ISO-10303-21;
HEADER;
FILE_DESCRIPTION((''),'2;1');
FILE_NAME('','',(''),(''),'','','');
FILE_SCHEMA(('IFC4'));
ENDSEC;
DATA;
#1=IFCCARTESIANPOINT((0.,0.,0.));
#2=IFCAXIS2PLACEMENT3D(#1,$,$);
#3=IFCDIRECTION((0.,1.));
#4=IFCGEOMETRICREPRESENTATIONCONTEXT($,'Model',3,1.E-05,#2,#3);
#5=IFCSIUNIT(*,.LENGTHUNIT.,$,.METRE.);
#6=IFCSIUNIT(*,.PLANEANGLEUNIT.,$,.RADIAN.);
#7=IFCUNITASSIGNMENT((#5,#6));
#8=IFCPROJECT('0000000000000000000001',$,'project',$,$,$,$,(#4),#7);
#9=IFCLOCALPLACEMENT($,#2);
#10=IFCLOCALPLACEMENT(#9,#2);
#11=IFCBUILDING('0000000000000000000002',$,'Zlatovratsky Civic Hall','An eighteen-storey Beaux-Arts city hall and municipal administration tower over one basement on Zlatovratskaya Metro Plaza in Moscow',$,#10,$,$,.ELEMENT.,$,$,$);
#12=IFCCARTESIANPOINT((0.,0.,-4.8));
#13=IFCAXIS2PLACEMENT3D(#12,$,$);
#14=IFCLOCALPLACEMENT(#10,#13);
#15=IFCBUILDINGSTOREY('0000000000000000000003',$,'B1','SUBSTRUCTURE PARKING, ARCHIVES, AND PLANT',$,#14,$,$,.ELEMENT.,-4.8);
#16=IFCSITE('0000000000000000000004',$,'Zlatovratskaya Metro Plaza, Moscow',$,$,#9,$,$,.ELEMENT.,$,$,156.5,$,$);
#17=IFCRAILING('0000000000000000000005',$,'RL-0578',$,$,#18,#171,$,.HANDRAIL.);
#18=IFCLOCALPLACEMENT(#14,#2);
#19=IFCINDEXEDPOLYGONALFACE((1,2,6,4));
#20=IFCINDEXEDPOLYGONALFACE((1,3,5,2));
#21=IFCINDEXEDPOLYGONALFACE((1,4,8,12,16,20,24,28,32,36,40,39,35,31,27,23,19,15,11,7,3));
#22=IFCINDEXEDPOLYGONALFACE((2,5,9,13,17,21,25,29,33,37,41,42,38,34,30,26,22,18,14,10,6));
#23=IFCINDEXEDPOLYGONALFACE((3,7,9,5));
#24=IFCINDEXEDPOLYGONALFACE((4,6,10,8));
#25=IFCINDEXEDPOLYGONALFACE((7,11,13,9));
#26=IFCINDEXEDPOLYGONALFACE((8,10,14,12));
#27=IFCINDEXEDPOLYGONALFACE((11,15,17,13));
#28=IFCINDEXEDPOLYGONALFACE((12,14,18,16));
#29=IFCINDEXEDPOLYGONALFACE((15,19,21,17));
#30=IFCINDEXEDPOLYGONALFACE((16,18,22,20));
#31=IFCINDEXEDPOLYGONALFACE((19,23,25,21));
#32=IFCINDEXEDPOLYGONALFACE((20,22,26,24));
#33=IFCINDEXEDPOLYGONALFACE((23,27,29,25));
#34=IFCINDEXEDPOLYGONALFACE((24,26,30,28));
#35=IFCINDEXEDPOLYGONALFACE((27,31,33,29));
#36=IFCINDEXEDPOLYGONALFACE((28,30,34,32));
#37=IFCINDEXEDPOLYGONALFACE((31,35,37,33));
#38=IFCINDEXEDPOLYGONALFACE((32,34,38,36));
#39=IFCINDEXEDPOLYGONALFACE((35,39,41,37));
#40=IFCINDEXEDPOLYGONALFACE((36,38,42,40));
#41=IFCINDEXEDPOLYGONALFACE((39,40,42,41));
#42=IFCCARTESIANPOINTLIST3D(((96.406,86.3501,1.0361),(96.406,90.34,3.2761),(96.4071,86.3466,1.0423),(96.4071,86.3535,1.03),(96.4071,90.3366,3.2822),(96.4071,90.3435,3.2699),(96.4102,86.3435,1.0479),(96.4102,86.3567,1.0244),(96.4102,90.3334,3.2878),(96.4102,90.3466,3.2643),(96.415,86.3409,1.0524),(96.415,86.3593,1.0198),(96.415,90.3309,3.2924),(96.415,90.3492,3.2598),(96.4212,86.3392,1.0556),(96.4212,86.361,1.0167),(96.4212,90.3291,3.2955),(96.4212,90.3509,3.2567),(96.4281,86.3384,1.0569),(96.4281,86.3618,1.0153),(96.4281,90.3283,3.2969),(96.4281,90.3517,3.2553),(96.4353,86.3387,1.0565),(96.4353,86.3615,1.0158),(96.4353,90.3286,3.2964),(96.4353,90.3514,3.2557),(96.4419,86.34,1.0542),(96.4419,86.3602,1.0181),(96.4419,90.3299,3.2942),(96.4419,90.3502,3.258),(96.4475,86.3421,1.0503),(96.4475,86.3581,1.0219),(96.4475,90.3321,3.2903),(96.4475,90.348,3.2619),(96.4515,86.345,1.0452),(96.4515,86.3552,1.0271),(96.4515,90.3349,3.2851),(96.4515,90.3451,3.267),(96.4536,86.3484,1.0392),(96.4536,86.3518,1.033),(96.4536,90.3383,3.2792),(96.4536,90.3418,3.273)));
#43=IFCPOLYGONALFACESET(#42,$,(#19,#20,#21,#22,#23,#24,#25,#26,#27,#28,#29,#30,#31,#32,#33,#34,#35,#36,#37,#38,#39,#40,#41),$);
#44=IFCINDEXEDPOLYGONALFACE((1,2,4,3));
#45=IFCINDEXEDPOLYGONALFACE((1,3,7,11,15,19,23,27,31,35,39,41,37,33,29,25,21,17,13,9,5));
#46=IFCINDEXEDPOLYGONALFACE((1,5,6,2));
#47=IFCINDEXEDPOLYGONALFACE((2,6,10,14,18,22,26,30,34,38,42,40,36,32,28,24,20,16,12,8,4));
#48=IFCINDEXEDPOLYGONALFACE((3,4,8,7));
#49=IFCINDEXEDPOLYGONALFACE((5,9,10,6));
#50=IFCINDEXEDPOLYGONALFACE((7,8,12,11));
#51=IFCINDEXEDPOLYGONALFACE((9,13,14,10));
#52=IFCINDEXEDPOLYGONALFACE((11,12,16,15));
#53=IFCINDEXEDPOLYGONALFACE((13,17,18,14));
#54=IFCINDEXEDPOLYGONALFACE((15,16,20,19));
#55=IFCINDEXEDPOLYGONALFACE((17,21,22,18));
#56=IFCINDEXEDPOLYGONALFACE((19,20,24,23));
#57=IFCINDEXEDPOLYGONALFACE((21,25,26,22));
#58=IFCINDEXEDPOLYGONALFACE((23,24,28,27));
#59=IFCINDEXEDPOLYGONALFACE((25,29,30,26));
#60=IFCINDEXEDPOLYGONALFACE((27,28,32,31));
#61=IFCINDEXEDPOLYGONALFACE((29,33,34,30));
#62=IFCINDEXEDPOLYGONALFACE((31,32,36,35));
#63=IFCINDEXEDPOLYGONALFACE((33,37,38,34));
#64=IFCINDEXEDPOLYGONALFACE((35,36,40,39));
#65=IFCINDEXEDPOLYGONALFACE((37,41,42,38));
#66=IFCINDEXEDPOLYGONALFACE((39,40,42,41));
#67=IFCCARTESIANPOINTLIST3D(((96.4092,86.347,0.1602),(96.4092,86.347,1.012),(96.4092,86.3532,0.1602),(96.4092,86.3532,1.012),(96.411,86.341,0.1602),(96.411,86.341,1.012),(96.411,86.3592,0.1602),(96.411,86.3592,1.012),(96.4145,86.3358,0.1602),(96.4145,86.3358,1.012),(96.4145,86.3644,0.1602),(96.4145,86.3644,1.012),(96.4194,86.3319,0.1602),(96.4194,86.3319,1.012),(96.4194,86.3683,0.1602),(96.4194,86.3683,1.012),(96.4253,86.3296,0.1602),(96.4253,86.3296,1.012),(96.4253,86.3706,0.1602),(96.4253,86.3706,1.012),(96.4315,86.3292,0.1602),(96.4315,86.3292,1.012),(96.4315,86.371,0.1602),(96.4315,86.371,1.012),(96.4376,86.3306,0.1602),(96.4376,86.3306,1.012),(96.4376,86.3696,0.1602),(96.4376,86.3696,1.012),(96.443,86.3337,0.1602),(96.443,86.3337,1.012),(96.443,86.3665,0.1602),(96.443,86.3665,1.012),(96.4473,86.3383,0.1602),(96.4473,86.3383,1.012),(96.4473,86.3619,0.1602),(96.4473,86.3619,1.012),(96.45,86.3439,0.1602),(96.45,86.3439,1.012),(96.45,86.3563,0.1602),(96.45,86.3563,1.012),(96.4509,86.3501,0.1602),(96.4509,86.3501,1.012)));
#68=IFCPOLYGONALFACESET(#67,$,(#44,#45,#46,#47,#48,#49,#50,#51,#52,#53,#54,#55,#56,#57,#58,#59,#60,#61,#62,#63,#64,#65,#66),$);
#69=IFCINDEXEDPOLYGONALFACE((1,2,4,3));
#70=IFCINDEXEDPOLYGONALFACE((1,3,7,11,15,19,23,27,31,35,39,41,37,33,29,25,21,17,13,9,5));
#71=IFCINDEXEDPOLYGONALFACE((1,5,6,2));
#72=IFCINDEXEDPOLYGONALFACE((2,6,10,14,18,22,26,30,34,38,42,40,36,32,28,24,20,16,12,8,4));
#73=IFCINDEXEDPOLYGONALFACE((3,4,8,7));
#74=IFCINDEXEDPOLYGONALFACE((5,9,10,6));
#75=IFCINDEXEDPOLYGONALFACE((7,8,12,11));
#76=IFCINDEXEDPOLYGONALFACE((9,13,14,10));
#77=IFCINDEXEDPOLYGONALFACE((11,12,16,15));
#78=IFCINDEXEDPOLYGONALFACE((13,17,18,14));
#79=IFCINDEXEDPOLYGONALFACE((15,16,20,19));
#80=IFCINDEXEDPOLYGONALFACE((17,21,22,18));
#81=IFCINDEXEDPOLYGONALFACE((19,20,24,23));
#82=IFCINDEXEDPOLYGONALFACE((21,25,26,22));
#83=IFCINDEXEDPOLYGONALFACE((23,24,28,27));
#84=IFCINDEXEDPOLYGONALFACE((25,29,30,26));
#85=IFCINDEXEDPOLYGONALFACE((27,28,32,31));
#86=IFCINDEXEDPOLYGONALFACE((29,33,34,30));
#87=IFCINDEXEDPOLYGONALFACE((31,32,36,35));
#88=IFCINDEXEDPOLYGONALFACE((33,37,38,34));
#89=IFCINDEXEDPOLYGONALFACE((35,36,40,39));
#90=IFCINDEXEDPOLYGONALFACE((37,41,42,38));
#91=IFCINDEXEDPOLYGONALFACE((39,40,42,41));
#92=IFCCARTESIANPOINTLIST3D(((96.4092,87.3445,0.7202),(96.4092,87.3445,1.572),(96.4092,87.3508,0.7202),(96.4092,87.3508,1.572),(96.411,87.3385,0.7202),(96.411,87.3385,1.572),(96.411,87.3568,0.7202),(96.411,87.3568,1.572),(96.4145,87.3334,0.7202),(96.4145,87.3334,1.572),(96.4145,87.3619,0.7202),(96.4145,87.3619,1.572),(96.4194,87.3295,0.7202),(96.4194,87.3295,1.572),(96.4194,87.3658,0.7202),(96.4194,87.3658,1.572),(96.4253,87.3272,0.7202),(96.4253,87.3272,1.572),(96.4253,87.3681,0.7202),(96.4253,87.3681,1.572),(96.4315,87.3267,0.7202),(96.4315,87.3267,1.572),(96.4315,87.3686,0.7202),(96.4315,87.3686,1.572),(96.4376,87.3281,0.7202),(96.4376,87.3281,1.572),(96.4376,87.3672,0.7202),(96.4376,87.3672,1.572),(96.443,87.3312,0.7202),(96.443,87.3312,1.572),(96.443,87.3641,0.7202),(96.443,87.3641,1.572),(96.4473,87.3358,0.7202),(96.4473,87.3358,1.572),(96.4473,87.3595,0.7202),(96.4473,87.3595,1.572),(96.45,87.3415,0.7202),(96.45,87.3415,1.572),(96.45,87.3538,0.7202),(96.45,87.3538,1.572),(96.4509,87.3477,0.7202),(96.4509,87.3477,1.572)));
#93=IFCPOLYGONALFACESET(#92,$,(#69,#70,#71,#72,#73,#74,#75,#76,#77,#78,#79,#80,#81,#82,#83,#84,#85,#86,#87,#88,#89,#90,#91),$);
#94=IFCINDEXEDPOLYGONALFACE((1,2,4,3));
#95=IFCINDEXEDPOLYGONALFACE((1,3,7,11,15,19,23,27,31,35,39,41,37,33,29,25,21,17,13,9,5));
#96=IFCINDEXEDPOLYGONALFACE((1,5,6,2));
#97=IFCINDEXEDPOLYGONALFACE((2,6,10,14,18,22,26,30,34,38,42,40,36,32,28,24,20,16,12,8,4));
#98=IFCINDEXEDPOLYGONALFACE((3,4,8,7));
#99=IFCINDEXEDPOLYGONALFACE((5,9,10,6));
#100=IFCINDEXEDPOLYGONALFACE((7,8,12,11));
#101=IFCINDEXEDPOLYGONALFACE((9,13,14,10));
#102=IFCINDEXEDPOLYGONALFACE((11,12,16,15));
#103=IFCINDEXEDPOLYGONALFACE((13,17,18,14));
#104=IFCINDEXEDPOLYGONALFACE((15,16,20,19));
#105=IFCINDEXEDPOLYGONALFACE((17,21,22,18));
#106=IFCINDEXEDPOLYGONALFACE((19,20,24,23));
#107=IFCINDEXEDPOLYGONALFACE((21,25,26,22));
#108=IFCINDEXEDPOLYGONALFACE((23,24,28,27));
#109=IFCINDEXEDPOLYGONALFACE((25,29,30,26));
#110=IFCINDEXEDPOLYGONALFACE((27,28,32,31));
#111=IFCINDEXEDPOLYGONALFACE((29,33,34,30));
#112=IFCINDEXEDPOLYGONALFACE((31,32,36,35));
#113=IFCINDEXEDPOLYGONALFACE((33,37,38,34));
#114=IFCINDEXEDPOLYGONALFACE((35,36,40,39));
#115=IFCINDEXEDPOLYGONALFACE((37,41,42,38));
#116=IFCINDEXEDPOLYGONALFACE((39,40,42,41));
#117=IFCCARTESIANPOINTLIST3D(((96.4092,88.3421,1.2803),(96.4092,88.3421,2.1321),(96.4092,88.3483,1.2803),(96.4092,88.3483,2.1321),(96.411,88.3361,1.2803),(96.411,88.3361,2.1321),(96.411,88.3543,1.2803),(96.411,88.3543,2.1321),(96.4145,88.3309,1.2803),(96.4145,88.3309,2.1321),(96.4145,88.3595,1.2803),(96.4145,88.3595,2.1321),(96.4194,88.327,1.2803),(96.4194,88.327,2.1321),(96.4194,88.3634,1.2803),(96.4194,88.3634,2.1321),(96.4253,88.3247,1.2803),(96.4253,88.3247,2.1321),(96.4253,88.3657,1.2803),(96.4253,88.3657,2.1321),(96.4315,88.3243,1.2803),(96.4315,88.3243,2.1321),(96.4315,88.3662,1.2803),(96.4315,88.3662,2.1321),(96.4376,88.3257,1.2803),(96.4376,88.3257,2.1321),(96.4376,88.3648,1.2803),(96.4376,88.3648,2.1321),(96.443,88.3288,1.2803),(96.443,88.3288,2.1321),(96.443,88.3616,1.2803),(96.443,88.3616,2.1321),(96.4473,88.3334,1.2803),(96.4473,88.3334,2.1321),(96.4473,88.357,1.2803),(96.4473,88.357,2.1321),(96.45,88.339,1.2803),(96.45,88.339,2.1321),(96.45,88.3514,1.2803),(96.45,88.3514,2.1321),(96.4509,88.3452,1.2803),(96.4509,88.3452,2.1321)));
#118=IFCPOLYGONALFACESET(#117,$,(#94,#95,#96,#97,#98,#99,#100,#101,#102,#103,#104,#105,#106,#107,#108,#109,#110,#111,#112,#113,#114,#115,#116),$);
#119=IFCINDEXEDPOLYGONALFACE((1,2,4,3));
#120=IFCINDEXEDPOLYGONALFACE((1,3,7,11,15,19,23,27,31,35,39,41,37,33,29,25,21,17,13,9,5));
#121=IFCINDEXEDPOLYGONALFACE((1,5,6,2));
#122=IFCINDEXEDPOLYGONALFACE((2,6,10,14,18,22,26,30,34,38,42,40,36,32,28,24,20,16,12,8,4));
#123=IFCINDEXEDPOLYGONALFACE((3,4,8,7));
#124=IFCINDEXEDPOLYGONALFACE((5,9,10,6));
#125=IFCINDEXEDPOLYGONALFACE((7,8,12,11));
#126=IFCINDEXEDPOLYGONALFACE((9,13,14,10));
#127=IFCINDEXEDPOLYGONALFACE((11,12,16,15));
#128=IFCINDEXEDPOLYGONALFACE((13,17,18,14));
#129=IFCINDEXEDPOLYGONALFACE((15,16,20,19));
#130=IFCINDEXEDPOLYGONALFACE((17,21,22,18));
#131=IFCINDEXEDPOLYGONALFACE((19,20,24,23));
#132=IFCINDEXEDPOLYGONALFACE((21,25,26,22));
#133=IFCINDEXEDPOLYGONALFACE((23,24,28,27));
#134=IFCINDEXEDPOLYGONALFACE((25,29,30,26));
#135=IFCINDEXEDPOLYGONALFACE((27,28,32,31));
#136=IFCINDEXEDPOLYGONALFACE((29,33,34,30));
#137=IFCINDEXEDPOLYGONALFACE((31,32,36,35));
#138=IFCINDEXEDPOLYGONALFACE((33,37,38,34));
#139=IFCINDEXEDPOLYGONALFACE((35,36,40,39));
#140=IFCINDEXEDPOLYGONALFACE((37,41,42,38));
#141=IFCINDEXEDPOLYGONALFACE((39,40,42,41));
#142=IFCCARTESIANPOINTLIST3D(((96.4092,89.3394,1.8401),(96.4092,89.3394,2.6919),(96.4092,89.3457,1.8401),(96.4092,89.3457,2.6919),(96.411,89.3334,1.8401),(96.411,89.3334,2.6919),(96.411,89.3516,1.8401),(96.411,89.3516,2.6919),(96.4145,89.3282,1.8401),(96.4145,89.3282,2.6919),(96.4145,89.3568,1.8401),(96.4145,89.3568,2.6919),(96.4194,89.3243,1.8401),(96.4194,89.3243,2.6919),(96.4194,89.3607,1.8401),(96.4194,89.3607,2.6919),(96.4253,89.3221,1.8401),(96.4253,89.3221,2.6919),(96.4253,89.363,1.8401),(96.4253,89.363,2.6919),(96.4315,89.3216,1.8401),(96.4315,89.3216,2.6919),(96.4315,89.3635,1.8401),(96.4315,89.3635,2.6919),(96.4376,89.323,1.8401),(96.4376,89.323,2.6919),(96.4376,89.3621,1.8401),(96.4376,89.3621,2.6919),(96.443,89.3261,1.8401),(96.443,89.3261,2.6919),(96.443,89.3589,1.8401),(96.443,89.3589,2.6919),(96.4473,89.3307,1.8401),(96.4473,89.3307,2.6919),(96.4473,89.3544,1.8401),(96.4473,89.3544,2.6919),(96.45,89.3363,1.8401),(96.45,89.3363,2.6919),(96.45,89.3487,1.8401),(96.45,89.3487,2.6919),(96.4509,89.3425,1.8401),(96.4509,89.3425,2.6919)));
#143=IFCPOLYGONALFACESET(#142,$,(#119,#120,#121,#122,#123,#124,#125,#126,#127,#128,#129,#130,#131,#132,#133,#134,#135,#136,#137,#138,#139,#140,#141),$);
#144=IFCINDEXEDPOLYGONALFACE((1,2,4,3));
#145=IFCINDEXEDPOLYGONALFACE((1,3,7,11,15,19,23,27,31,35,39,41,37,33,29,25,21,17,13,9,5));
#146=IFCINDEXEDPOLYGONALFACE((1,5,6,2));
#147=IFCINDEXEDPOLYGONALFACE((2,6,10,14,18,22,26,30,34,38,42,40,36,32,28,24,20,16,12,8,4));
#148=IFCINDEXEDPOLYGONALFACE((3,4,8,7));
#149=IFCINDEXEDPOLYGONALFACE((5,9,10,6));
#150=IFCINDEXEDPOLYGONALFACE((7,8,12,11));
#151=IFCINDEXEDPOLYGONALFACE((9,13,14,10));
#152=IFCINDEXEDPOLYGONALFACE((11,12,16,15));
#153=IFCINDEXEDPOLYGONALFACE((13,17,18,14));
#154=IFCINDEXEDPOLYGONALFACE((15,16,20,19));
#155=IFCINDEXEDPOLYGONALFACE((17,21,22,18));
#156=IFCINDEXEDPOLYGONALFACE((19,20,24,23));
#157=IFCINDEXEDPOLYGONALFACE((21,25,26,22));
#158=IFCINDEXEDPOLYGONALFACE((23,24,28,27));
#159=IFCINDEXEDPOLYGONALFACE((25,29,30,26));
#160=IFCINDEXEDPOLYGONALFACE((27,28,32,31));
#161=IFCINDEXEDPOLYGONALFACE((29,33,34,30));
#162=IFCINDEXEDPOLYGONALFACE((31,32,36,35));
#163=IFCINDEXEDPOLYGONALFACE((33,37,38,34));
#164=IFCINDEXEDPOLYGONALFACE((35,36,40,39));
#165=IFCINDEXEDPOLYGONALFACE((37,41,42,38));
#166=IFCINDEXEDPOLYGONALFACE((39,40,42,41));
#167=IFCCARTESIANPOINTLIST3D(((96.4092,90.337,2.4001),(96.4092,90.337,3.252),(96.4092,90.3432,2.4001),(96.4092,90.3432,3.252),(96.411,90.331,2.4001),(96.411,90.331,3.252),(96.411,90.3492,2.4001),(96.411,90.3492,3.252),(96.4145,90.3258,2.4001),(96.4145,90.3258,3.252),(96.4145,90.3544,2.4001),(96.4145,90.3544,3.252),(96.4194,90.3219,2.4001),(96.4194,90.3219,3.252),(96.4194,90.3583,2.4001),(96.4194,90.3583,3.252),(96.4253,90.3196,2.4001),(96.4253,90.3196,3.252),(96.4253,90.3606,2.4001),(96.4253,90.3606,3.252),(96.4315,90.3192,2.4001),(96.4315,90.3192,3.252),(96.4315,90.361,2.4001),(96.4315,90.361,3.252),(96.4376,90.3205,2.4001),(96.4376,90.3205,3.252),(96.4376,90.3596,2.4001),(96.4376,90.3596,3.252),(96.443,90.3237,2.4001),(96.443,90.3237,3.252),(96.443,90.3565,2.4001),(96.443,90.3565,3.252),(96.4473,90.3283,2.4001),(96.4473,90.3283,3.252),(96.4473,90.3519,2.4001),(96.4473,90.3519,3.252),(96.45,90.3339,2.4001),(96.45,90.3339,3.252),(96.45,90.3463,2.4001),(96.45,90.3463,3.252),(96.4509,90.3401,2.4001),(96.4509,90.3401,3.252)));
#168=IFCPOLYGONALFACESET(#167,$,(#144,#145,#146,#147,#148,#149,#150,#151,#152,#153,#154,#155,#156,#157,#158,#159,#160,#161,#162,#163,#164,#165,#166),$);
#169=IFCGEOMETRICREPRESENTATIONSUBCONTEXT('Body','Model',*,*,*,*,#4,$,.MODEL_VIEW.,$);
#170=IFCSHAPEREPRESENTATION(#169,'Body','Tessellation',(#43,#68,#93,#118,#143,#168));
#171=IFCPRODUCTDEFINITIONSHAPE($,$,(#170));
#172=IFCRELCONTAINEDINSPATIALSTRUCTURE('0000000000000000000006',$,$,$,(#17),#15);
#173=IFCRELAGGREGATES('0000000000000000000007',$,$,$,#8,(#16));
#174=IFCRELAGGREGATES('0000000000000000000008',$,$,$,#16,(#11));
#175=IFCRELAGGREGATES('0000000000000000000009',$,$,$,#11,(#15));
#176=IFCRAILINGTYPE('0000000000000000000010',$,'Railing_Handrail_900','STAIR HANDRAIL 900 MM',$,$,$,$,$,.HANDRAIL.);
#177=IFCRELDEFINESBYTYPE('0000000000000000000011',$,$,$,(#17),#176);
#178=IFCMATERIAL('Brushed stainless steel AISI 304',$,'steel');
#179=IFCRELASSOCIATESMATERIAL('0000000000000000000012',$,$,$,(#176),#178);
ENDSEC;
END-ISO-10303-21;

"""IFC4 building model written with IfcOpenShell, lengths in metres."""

from ifc_helpers import new_model, si_unit, direction, frame, origin, origin_2d, place, context, subcontext, project, spatial, circle, extrude, material, type_object, element, save


model = new_model("IFC4")

# Units and contexts
model_context = context("Model", 3, precision=1e-05, world=origin(), true_north=direction((0.0, 1.0)))
body_context = subcontext(model_context, "Body", "Model", "MODEL_VIEW")
ifc_project = project(units=[si_unit("LENGTHUNIT", "METRE"), si_unit("PLANEANGLEUNIT", "RADIAN")], contexts=[model_context])

# Site, building, storey
site_placement = place(None, origin())
site = spatial("IfcSite", under=ifc_project, at=site_placement, Name="Zlatovratskaya Metro Plaza, Moscow", CompositionType="ELEMENT", RefElevation=156.5)
building_placement = place(site_placement, origin())
building = spatial("IfcBuilding", under=site, at=building_placement, Name="Zlatovratsky Civic Hall", Description="An eighteen-storey Beaux-Arts city hall and municipal administration tower over one basement on Zlatovratskaya Metro Plaza in Moscow", CompositionType="ELEMENT")
storey_placement = place(building_placement, frame((0.0, 0.0, -4.8)))
storey = spatial("IfcBuildingStorey", under=building, at=storey_placement, Name="B1", Description="SUBSTRUCTURE PARKING, ARCHIVES, AND PLANT", CompositionType="ELEMENT", Elevation=-4.8)

# Railing
ifc_material_1 = material(Name="Brushed stainless steel AISI 304", Category="steel")
railing_type = type_object("IfcRailingType", Name="Railing_Handrail_900", Description="STAIR HANDRAIL 900 MM", PredefinedType="HANDRAIL", material=ifc_material_1)
railing_placement = place(storey_placement, frame((96.4299, 86.3501, 0.1602)))
element("IfcRailing", 1, at=railing_placement, inside=storey, type_object=railing_type, Name="RL-0578", PredefinedType="HANDRAIL", context=body_context, shape_type="SweptSolid", body=[
    extrude(circle(Radius=0.0239, at=origin_2d()), frame((0.0, 0.0, 0.876), z_axis=(0.0, 0.871984, 0.489534), x_axis=(-1.0, 0.0, 0.0)), (0.0, 0.0, 1.0), 4.5757),
    extrude(circle(Radius=0.021, at=origin_2d()), origin(), (0.0, 0.0, 1.0), 0.8518),
    extrude(circle(Radius=0.021, at=origin_2d()), frame((0.0, 0.9976, 0.5601)), (0.0, 0.0, 1.0), 0.8518),
    extrude(circle(Radius=0.021, at=origin_2d()), frame((0.0, 1.9951, 1.1201)), (0.0, 0.0, 1.0), 0.8518),
    extrude(circle(Radius=0.021, at=origin_2d()), frame((0.0, 2.9924, 1.6799)), (0.0, 0.0, 1.0), 0.8518),
    extrude(circle(Radius=0.021, at=origin_2d()), frame((0.0, 3.99, 2.24)), (0.0, 0.0, 1.0), 0.8518),
])

save(model, "model.ifc")
